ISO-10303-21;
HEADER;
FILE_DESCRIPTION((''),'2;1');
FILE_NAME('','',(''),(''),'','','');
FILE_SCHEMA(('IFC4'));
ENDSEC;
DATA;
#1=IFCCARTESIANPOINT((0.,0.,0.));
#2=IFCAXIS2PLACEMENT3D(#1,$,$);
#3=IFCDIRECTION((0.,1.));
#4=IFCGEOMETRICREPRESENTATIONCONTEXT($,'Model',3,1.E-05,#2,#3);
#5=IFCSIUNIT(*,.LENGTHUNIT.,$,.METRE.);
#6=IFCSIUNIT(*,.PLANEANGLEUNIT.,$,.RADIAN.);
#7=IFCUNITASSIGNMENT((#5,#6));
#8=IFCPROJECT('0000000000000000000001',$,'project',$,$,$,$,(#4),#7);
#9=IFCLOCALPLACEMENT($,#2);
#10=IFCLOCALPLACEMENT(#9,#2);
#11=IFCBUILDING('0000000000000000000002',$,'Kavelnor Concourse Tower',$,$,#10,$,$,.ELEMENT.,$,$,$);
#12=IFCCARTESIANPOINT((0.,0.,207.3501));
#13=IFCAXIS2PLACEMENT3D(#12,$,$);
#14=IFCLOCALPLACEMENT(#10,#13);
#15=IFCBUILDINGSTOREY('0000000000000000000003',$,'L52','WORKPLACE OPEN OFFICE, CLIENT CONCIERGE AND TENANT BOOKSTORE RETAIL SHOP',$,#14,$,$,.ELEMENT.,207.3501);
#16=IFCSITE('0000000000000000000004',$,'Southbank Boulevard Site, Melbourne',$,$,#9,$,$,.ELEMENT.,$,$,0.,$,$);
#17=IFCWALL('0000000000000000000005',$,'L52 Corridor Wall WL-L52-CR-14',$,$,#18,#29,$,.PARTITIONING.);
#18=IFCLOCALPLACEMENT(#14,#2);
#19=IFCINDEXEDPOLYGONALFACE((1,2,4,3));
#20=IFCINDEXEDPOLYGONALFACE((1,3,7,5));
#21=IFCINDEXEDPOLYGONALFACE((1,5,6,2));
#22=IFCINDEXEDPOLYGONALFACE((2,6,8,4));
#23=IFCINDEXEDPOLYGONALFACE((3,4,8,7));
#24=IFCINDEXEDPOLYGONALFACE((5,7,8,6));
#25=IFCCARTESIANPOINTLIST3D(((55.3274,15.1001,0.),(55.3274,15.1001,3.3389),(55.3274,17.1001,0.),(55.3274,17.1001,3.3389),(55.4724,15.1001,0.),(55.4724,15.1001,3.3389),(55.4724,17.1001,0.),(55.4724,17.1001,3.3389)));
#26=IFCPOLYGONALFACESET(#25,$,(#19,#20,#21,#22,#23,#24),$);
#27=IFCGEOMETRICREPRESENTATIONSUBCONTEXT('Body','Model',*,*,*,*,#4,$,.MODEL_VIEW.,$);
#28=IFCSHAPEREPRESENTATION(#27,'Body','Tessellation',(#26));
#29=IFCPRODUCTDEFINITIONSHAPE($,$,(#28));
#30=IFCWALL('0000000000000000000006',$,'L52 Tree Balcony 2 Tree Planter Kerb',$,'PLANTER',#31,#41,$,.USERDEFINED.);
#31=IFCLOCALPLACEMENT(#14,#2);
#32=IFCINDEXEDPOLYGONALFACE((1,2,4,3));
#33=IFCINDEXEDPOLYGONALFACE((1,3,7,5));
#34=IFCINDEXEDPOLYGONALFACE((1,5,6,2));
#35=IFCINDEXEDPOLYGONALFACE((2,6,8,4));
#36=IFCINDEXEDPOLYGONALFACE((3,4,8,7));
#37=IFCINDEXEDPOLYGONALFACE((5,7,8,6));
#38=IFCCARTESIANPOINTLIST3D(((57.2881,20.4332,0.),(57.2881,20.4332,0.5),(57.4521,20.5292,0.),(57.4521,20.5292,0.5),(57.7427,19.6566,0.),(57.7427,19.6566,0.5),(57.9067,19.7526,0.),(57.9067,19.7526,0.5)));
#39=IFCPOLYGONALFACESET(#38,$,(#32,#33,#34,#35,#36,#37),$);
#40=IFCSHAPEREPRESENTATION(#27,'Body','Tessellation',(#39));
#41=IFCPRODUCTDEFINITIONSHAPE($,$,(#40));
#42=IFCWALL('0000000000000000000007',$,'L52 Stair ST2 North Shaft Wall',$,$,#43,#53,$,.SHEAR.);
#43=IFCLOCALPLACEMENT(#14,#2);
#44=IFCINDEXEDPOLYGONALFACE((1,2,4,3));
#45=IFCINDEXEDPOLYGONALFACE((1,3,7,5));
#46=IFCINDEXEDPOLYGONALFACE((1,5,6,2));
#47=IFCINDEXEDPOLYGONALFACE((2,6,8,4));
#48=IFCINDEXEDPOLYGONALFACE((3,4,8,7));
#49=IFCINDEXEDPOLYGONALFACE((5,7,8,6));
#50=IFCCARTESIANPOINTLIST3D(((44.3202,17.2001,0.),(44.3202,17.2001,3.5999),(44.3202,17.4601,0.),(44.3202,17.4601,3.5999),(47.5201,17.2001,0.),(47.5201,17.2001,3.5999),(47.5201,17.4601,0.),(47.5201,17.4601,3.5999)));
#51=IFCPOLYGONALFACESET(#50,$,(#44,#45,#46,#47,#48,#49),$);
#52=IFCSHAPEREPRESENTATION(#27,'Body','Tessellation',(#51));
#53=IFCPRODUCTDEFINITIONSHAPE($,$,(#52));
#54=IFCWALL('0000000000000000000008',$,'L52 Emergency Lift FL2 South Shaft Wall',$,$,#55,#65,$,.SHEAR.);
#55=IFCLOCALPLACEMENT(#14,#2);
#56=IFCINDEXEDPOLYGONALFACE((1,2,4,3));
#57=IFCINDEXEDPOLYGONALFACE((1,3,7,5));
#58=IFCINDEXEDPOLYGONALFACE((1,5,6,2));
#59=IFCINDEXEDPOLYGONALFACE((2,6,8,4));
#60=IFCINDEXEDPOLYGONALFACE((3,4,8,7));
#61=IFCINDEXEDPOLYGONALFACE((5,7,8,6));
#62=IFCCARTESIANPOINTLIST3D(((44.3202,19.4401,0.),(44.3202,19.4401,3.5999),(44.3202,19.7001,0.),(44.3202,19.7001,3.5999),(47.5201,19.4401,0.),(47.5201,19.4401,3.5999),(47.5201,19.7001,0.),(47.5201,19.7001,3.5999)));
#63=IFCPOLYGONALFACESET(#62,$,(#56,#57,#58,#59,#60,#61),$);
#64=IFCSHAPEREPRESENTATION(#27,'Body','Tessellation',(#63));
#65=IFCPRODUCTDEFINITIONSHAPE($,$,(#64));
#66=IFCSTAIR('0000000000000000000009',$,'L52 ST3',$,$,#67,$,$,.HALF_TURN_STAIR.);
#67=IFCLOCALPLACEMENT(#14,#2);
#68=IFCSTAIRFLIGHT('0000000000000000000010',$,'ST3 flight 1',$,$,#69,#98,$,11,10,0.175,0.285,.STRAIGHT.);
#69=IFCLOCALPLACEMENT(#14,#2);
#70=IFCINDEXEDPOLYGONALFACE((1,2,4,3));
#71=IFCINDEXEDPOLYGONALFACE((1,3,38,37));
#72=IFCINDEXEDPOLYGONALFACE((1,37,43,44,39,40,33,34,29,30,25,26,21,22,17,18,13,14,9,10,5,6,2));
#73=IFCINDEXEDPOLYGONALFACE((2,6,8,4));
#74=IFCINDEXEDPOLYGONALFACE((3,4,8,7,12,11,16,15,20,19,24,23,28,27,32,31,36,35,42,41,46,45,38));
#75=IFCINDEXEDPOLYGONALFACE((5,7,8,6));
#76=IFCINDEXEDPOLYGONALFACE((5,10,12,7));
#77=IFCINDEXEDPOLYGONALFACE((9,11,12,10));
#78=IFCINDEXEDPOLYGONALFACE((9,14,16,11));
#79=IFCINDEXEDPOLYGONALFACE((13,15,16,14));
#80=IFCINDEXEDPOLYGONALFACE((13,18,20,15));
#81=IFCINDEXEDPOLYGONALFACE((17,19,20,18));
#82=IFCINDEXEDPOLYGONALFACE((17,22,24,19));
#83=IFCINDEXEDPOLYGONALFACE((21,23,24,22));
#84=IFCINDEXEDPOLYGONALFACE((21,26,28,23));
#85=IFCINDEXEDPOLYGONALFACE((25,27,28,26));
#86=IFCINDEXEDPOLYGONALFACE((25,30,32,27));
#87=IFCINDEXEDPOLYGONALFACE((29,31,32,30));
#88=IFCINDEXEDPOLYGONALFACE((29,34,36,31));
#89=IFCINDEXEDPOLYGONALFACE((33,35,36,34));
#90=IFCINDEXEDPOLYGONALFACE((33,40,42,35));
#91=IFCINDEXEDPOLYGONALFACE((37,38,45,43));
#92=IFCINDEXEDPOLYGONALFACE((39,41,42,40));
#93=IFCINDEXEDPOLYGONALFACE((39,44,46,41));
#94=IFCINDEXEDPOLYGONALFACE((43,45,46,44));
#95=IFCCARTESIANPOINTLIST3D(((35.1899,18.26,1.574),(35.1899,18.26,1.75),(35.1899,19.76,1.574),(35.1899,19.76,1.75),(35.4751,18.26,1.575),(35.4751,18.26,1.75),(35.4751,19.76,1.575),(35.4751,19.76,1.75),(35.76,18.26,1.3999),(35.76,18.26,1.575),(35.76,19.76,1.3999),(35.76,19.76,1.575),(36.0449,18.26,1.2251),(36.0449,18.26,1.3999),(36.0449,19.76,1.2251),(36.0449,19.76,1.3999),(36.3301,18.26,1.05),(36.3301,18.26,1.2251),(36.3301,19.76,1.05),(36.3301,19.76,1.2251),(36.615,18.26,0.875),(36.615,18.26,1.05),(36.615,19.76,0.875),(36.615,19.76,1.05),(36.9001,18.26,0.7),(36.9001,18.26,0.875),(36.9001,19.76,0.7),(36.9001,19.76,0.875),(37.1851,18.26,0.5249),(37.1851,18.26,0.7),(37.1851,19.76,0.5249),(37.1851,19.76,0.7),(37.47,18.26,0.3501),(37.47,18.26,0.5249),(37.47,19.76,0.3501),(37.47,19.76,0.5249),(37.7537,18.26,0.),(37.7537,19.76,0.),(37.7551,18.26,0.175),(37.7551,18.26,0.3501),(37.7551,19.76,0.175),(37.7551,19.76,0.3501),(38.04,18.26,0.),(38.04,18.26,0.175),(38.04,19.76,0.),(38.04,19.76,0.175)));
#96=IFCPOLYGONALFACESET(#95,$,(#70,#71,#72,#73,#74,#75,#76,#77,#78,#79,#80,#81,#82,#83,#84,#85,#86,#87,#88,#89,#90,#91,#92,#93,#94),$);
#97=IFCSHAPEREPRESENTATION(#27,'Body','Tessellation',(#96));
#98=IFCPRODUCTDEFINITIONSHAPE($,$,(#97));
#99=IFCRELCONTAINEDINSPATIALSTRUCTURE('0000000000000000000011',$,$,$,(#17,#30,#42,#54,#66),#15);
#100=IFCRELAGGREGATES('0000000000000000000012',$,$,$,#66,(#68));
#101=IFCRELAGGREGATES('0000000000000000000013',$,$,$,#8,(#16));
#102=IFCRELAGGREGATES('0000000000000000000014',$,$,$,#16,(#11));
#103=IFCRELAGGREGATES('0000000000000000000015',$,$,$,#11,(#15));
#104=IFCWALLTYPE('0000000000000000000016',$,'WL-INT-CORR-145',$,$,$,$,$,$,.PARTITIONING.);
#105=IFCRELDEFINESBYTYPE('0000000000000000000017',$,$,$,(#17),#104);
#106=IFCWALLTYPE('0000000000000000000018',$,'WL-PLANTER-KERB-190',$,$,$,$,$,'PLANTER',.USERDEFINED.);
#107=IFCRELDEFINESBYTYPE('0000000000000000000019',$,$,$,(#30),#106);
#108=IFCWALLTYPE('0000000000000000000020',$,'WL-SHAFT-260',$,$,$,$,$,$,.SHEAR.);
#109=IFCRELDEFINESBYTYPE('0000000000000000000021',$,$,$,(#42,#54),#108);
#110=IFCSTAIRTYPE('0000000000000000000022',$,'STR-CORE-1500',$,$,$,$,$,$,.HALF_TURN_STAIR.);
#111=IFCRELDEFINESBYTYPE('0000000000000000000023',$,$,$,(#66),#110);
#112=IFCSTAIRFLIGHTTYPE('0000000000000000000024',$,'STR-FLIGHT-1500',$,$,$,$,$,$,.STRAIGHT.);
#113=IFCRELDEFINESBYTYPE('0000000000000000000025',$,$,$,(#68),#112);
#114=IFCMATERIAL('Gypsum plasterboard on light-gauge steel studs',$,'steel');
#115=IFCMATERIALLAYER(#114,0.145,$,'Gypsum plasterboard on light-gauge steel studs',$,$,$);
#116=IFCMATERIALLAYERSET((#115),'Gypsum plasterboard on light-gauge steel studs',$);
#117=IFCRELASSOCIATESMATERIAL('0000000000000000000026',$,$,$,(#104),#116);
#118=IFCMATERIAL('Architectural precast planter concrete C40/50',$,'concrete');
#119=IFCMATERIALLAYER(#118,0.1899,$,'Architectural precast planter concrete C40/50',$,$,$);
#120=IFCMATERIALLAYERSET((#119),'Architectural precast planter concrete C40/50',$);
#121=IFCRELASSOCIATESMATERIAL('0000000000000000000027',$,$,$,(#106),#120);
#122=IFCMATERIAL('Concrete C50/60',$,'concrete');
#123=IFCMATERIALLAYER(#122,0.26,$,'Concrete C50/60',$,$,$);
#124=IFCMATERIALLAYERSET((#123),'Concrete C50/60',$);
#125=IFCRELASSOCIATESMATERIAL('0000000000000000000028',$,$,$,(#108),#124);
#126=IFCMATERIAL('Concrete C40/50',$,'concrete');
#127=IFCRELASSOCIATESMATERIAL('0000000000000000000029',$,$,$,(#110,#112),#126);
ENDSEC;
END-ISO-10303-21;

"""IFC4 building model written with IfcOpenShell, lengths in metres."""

from ifc_helpers import new_model, si_unit, direction, frame, frame_2d, origin, place, context, subcontext, project, spatial, polyline, rectangle, outline, extrude, material, layer, layer_set, type_object, element, aggregate, save


model = new_model("IFC4")

# Units and contexts
model_context = context("Model", 3, precision=1e-05, world=origin(), true_north=direction((0.0, 1.0)))
body_context = subcontext(model_context, "Body", "Model", "MODEL_VIEW")
ifc_project = project(units=[si_unit("LENGTHUNIT", "METRE"), si_unit("PLANEANGLEUNIT", "RADIAN")], contexts=[model_context])

# Site, building, storey
site_placement = place(None, origin())
site = spatial("IfcSite", under=ifc_project, at=site_placement, Name="Southbank Boulevard Site, Melbourne", CompositionType="ELEMENT", RefElevation=0.0)
building_placement = place(site_placement, origin())
building = spatial("IfcBuilding", under=site, at=building_placement, Name="Kavelnor Concourse Tower", CompositionType="ELEMENT")
storey_placement = place(building_placement, frame((0.0, 0.0, 207.3501)))
storey = spatial("IfcBuildingStorey", under=building, at=storey_placement, Name="L52", Description="WORKPLACE OPEN OFFICE, CLIENT CONCIERGE AND TENANT BOOKSTORE RETAIL SHOP", CompositionType="ELEMENT", Elevation=207.3501)

# Walls
ifc_material_1 = material(Name="Gypsum plasterboard on light-gauge steel studs", Category="steel")
ifc_layer_1 = layer(ifc_material_1, 0.145, Name="Gypsum plasterboard on light-gauge steel studs")
ifc_layer_set_1 = layer_set([ifc_layer_1], Name="Gypsum plasterboard on light-gauge steel studs")
wall_type_1 = type_object("IfcWallType", Name="WL-INT-CORR-145", PredefinedType="PARTITIONING", material=ifc_layer_set_1)
wall_1_placement = place(storey_placement, frame((55.3999, 17.1001, 0.0), z_axis=(0.0, 0.0, 1.0), x_axis=(0.0, -1.0, 0.0)))
element("IfcWall", 1, at=wall_1_placement, inside=storey, type_object=wall_type_1, Name="L52 Corridor Wall WL-L52-CR-14", PredefinedType="PARTITIONING", context=body_context, shape_type="SweptSolid", body=[
    extrude(rectangle(XDim=2.0, YDim=0.145, at=frame_2d((1.0, 0.0))), origin(), (0.0, 0.0, 1.0), 3.3389),
])
ifc_material_2 = material(Name="Architectural precast planter concrete C40/50", Category="concrete")
ifc_layer_2 = layer(ifc_material_2, 0.1899, Name="Architectural precast planter concrete C40/50")
ifc_layer_set_2 = layer_set([ifc_layer_2], Name="Architectural precast planter concrete C40/50")
wall_type_2 = type_object("IfcWallType", Name="WL-PLANTER-KERB-190", ElementType="PLANTER", PredefinedType="USERDEFINED", material=ifc_layer_set_2)
wall_2_placement = place(storey_placement, frame((57.8247, 19.7046, 0.0), z_axis=(0.0, 0.0, 1.0), x_axis=(-0.505169, 0.86302, 0.0)))
element("IfcWall", 2, at=wall_2_placement, inside=storey, type_object=wall_type_2, Name="L52 Tree Balcony 2 Tree Planter Kerb", ObjectType="PLANTER", PredefinedType="USERDEFINED", context=body_context, shape_type="SweptSolid", body=[
    extrude(rectangle(XDim=0.8999, YDim=0.1899, at=frame_2d((0.45, 0.0))), origin(), (0.0, 0.0, 1.0), 0.5),
])
ifc_material_3 = material(Name="Concrete C50/60", Category="concrete")
ifc_layer_3 = layer(ifc_material_3, 0.26, Name="Concrete C50/60")
ifc_layer_set_3 = layer_set([ifc_layer_3], Name="Concrete C50/60")
wall_type_3 = type_object("IfcWallType", Name="WL-SHAFT-260", PredefinedType="SHEAR", material=ifc_layer_set_3)
for number, where, z_axis, x_axis, name in (
    (3, (44.3201, 17.3301, 0.0), (0.0, 0.0, 1.0), (1.0, 0.0, 0.0), "L52 Stair ST2 North Shaft Wall"),
    (4, (44.3201, 19.5701, 0.0), (0.0, 0.0, 1.0), (1.0, 0.0, 0.0), "L52 Emergency Lift FL2 South Shaft Wall"),
):
    element("IfcWall", number, at=place(storey_placement, frame(where, z_axis=z_axis, x_axis=x_axis)), inside=storey, type_object=wall_type_3, Name=name, PredefinedType="SHEAR", context=body_context, shape_type="SweptSolid", body=[
        extrude(rectangle(XDim=3.2, YDim=0.26, at=frame_2d((1.6001, 0.0))), origin(), (0.0, 0.0, 1.0), 3.5999),
    ])

# Stair, stair flight
ifc_material_4 = material(Name="Concrete C40/50", Category="concrete")
stair_type = type_object("IfcStairType", Name="STR-CORE-1500", PredefinedType="HALF_TURN_STAIR", material=ifc_material_4)
stair_placement = place(storey_placement, origin())
stair = element("IfcStair", 5, at=stair_placement, inside=storey, type_object=stair_type, Name="L52 ST3", PredefinedType="HALF_TURN_STAIR")
stair_flight_type = type_object("IfcStairFlightType", Name="STR-FLIGHT-1500", PredefinedType="STRAIGHT", material=ifc_material_4)
stair_flight_placement = place(storey_placement, frame((38.04, 19.01, 0.0), z_axis=(0.0, 0.0, 1.0), x_axis=(-1.0, 0.0, 0.0)))
stair_flight = element("IfcStairFlight", 6, at=stair_flight_placement, type_object=stair_flight_type, Name="ST3 flight 1", NumberOfRisers=11, NumberOfTreads=10, PredefinedType="STRAIGHT", RiserHeight=0.175, TreadLength=0.285, context=body_context, shape_type="SweptSolid", body=[
    extrude(outline(polyline([(0.0, 0.0), (0.0, 0.175), (0.2849, 0.175), (0.2849, 0.3501), (0.5701, 0.3501), (0.5701, 0.5249), (0.855, 0.5249), (0.855, 0.7), (1.1399, 0.7), (1.1399, 0.875), (1.425, 0.875), (1.425, 1.05), (1.71, 1.05), (1.71, 1.2251), (1.9951, 1.2251), (1.9951, 1.3999), (2.28, 1.3999), (2.28, 1.575), (2.5649, 1.575), (2.5649, 1.75), (2.8501, 1.75), (2.8501, 1.925), (2.8501, 1.574), (0.2864, 0.0), (0.0, 0.0)])), frame((0.0, 0.75, 0.0), z_axis=(0.0, -1.0, 0.0), x_axis=(1.0, 0.0, 0.0)), (0.0, 0.0, 1.0), 1.5),
])
aggregate(stair, [stair_flight])

save(model, "model.ifc")
